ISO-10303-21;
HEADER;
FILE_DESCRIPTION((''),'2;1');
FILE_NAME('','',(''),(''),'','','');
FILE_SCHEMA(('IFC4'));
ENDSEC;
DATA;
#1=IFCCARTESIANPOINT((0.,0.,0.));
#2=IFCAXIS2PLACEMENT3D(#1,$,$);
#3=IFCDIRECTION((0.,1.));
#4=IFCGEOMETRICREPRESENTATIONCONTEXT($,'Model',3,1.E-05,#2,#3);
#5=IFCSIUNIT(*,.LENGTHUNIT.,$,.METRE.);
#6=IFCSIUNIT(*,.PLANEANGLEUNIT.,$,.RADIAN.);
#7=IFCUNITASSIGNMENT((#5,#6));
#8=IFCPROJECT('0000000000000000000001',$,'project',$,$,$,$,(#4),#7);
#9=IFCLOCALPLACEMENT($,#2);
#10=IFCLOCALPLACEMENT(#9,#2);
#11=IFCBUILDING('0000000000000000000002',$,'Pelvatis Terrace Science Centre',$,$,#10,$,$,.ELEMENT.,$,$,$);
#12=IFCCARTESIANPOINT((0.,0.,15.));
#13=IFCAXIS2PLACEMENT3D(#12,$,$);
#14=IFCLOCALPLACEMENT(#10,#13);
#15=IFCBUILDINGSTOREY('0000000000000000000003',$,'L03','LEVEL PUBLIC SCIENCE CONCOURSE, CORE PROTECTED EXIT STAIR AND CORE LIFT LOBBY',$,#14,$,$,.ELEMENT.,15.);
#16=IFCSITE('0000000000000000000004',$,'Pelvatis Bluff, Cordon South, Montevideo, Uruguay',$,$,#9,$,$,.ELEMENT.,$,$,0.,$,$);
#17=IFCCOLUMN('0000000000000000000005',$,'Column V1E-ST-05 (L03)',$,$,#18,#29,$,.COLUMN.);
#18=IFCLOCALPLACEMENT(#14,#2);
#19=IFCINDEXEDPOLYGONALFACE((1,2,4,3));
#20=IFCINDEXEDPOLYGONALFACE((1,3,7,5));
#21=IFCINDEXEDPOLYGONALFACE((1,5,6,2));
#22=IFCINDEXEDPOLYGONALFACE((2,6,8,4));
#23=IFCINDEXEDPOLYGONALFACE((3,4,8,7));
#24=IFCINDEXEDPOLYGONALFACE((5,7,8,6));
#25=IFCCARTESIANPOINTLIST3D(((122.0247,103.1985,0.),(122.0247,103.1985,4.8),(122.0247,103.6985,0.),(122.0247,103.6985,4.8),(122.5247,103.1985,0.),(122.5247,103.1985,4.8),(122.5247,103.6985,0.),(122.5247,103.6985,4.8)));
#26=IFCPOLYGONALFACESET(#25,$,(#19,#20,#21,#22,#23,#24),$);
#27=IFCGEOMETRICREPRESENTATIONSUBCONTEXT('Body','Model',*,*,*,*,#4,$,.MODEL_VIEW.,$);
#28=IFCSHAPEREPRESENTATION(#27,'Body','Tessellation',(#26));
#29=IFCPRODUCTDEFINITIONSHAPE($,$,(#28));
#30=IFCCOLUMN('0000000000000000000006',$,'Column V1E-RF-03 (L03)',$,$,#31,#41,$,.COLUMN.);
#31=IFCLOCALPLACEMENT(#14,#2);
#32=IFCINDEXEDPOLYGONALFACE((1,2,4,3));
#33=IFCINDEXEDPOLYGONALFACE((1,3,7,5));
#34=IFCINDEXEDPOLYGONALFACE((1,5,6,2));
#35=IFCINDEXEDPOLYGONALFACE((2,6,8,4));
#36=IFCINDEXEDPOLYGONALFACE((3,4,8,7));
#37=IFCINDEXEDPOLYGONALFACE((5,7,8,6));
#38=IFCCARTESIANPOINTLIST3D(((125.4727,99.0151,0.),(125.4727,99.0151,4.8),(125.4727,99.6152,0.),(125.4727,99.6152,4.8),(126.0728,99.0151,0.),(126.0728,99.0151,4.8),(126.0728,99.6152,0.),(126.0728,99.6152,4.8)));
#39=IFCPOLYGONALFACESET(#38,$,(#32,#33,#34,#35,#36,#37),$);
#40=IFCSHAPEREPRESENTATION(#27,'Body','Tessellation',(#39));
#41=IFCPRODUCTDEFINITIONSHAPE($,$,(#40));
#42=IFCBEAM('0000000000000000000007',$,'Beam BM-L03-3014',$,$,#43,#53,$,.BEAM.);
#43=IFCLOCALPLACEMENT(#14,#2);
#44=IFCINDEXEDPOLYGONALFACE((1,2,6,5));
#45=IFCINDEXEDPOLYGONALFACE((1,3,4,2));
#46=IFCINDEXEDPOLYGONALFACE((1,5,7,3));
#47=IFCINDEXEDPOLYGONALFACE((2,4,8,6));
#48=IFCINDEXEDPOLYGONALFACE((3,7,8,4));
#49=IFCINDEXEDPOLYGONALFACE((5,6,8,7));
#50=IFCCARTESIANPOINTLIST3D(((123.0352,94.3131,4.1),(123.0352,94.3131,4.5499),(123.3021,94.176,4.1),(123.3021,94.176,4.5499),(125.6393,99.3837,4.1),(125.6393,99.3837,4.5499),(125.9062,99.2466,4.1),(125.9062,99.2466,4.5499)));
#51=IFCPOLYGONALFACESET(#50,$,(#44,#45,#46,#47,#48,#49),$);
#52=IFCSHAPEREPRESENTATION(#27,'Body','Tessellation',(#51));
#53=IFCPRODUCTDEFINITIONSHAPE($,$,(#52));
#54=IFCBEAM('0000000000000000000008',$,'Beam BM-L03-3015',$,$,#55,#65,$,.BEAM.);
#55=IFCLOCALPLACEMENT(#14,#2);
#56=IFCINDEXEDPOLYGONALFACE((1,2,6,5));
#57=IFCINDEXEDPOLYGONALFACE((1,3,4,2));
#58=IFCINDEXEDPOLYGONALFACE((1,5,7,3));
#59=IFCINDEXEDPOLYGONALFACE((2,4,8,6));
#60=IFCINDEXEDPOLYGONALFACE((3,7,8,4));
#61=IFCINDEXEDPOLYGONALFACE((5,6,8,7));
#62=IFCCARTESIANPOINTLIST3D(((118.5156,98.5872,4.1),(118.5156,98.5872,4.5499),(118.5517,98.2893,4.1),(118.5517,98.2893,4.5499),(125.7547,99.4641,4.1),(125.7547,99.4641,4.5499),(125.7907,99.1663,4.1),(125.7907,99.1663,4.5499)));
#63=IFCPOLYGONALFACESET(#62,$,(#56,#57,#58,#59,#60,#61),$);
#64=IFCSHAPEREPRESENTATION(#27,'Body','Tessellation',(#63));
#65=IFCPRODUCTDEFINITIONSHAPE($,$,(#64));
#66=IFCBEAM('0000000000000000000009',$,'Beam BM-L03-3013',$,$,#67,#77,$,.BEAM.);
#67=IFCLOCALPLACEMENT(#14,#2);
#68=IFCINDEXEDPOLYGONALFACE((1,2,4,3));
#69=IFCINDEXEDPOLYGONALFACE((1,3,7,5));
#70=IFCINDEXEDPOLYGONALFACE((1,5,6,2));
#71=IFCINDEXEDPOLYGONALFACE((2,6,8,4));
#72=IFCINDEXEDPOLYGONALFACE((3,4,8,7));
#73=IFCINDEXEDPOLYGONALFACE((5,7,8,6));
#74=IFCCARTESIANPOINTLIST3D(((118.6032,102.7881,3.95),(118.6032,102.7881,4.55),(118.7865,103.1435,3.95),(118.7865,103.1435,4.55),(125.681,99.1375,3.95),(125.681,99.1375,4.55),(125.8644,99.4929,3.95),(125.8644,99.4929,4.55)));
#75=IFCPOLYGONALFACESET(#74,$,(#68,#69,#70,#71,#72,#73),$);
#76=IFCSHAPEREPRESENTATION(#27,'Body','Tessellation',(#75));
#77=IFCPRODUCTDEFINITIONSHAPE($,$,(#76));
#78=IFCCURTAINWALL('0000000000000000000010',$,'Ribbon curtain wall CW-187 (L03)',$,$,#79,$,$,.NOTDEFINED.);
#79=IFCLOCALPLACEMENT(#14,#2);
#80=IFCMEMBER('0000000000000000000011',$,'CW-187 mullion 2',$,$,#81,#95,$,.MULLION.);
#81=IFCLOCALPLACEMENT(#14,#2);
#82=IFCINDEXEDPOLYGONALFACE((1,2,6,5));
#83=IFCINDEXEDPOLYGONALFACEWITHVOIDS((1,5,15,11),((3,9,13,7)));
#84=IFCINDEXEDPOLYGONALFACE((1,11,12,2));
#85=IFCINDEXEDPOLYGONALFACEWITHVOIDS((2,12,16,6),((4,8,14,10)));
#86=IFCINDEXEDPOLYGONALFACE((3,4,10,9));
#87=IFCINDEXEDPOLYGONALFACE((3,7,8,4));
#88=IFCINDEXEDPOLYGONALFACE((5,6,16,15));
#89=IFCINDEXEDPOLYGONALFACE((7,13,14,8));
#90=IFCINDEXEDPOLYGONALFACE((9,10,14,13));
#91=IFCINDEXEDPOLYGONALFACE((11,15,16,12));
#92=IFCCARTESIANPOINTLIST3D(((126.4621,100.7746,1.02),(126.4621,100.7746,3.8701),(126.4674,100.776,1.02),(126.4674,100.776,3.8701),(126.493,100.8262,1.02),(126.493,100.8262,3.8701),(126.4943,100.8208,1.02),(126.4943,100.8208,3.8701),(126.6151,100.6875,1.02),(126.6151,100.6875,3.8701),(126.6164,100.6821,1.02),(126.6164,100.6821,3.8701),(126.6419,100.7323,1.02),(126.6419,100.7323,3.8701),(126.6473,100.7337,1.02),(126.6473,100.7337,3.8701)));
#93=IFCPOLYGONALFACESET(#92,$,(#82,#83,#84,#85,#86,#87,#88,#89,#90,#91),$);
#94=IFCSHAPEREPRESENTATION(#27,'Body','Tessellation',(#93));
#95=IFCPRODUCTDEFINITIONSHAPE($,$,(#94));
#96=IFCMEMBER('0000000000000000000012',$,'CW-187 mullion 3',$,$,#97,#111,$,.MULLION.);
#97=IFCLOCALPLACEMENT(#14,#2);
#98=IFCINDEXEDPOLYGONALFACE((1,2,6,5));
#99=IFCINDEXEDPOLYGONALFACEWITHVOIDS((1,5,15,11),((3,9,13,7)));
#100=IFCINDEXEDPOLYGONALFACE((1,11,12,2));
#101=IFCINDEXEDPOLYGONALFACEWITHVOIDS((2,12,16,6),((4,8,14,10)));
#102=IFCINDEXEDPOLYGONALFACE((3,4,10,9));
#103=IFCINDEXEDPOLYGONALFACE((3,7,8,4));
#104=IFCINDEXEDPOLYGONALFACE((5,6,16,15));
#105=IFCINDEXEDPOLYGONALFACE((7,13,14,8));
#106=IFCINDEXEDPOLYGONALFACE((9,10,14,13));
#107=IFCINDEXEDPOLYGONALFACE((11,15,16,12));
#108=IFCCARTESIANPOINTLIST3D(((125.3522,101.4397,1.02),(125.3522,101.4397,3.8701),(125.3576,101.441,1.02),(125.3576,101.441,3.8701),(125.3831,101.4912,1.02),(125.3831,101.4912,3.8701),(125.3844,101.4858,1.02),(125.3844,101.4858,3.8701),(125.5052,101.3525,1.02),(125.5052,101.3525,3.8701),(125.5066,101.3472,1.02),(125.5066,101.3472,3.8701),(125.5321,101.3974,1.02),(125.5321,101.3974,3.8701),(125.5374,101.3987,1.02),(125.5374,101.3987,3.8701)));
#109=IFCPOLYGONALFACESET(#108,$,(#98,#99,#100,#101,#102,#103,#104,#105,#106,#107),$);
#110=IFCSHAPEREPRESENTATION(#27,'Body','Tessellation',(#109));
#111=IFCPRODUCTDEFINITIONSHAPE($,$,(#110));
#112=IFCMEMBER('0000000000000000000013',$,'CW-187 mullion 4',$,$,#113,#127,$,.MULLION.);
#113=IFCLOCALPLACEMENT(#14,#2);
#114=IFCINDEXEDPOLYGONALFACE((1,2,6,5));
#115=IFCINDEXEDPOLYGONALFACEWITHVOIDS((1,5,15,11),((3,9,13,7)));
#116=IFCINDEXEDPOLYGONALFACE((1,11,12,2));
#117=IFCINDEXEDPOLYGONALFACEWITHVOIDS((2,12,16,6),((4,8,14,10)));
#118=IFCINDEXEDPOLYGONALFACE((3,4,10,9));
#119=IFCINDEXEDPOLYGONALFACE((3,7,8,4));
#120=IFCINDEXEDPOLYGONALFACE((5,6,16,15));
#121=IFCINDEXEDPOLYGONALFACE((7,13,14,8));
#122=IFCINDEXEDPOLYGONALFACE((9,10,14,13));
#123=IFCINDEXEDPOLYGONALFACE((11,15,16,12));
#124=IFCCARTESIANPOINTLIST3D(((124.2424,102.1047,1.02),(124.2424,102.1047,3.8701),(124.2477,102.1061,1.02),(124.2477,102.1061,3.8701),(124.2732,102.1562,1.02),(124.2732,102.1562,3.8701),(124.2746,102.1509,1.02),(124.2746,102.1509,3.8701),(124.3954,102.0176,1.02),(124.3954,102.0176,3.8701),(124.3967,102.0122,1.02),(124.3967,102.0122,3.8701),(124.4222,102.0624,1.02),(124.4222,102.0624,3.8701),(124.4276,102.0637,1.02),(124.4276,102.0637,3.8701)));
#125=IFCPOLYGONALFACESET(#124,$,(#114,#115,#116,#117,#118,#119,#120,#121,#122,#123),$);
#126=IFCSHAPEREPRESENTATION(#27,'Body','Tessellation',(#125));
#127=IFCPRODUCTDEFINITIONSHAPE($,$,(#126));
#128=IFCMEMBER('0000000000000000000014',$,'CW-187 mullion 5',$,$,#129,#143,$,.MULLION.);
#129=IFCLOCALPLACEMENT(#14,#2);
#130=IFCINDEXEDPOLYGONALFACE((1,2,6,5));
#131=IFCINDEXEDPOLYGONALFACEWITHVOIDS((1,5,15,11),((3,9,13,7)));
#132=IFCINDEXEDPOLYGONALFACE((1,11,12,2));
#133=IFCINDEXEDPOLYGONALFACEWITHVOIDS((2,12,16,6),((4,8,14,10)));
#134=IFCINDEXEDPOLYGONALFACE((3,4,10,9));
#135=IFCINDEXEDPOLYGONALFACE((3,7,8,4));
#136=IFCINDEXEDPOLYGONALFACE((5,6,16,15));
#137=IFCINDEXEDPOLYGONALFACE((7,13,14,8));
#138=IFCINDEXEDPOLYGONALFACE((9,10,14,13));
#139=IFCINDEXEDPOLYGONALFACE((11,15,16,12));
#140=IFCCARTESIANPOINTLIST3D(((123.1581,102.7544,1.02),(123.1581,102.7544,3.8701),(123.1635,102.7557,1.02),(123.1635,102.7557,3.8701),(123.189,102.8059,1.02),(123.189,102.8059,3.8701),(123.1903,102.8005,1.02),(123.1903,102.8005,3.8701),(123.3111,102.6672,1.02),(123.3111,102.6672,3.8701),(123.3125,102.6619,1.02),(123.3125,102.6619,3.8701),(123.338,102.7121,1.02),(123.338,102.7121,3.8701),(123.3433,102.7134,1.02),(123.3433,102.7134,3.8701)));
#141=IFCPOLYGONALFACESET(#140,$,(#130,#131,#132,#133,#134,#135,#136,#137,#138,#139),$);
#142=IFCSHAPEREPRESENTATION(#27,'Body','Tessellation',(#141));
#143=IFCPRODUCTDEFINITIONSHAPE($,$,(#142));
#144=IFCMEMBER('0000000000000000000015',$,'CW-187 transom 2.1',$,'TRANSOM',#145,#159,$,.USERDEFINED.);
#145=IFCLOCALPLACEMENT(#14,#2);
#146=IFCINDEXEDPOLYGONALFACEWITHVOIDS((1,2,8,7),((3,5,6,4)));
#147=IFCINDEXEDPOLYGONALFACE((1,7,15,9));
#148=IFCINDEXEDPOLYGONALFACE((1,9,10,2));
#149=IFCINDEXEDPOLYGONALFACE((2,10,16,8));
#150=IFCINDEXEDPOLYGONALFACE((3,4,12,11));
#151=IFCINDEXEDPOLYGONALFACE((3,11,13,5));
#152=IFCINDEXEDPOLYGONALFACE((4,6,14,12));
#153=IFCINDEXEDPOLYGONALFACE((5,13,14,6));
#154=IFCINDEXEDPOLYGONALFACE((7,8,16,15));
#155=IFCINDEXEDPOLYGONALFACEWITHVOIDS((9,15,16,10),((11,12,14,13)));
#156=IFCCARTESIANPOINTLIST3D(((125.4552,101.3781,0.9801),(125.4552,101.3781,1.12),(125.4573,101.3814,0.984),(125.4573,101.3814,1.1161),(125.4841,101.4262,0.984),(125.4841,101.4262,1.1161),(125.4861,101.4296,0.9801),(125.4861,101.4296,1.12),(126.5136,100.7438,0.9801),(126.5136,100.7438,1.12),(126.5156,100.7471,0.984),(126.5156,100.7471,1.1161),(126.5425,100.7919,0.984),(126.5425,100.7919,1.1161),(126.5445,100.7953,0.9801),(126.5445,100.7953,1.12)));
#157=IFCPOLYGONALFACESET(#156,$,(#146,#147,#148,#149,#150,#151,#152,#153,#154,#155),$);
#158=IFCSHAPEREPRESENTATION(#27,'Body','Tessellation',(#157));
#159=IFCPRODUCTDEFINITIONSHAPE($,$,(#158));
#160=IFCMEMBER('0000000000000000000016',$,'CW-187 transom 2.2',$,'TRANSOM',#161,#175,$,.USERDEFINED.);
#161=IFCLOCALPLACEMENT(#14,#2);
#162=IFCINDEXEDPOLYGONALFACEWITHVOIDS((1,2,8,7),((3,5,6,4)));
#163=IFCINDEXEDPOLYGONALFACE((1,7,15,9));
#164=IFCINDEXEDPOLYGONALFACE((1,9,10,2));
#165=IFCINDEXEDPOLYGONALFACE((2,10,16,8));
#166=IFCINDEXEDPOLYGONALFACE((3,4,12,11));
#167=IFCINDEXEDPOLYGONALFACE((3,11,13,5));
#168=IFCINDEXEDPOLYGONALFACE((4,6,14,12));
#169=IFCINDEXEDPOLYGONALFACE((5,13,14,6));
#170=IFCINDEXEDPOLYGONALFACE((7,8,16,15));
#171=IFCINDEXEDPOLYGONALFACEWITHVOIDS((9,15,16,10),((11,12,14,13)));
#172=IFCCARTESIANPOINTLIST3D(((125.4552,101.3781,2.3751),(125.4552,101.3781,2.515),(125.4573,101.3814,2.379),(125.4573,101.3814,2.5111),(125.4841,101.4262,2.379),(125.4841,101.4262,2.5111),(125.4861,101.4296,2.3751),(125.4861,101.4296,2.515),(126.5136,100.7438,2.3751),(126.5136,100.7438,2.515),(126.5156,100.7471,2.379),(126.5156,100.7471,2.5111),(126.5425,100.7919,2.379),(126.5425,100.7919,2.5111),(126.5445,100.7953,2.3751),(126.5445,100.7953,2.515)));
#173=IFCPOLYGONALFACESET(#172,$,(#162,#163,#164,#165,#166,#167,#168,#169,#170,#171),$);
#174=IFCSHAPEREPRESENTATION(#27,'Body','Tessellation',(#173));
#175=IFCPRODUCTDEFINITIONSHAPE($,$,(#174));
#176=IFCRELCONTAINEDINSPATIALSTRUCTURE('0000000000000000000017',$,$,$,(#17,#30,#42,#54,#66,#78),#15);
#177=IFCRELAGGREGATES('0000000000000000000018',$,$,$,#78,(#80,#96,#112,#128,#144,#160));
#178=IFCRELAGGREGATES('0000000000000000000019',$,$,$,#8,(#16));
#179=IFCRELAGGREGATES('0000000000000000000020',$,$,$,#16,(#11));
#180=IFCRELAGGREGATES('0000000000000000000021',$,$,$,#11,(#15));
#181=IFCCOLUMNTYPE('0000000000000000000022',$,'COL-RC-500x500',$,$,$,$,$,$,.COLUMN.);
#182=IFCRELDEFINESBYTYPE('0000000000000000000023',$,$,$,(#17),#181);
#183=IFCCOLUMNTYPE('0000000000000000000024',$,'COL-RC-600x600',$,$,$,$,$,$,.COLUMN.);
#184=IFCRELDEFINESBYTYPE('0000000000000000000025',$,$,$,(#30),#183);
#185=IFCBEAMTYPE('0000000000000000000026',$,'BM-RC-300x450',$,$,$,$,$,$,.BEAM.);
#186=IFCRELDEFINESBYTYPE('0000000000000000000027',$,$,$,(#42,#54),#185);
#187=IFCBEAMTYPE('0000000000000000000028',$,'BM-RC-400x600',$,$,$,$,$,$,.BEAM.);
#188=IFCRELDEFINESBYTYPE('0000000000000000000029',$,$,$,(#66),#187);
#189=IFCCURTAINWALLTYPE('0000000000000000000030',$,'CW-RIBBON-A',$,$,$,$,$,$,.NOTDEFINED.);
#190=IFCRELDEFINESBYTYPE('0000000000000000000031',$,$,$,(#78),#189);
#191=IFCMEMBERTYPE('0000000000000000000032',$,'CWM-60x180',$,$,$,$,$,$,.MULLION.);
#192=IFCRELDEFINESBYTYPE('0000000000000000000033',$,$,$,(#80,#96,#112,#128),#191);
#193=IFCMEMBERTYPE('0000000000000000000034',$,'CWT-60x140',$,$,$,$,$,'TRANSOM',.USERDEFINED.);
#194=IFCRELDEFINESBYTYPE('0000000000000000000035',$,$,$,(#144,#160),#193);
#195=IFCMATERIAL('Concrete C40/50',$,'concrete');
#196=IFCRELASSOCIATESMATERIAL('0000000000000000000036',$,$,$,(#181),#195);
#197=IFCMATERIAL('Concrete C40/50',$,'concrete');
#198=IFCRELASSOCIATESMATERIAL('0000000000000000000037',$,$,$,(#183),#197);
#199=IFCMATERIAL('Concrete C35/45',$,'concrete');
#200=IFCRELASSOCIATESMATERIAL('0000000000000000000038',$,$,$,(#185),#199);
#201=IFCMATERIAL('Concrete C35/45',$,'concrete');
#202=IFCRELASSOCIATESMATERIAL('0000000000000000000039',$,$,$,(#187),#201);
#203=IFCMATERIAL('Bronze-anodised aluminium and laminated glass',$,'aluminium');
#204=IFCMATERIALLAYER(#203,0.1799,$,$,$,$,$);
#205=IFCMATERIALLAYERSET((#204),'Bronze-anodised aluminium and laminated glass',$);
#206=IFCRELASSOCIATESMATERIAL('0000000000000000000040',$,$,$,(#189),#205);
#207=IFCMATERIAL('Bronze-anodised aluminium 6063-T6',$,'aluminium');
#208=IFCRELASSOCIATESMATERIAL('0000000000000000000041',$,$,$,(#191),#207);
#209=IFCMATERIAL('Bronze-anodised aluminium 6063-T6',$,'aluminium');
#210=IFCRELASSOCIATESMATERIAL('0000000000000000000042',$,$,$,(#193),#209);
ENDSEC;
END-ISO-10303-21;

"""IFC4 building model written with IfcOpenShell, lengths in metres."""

from ifc_helpers import new_model, si_unit, direction, frame, origin, origin_2d, place, context, subcontext, project, spatial, rectangle, hollow_rectangle, extrude, material, layer, layer_set, material_profile, profile_set, type_object, element, aggregate, save


model = new_model("IFC4")

# Units and contexts
model_context = context("Model", 3, precision=1e-05, world=origin(), true_north=direction((0.0, 1.0)))
body_context = subcontext(model_context, "Body", "Model", "MODEL_VIEW")
ifc_project = project(units=[si_unit("LENGTHUNIT", "METRE"), si_unit("PLANEANGLEUNIT", "RADIAN")], contexts=[model_context])

# Site, building, storey
site_placement = place(None, origin())
site = spatial("IfcSite", under=ifc_project, at=site_placement, Name="Pelvatis Bluff, Cordon South, Montevideo, Uruguay", CompositionType="ELEMENT", RefElevation=0.0)
building_placement = place(site_placement, origin())
building = spatial("IfcBuilding", under=site, at=building_placement, Name="Pelvatis Terrace Science Centre", CompositionType="ELEMENT")
storey_placement = place(building_placement, frame((0.0, 0.0, 15.0)))
storey = spatial("IfcBuildingStorey", under=building, at=storey_placement, Name="L03", Description="LEVEL PUBLIC SCIENCE CONCOURSE, CORE PROTECTED EXIT STAIR AND CORE LIFT LOBBY", CompositionType="ELEMENT", Elevation=15.0)

# Columns
ifc_material_1 = material(Name="Concrete C40/50", Category="concrete")
ifc_material_profile_1 = material_profile(ifc_material_1, rectangle(XDim=0.5, YDim=0.5, at=origin_2d()), Name="RC-COL 500x500")
ifc_profile_set_1 = profile_set([ifc_material_profile_1], Name="Concrete C40/50")
column_type_1 = type_object("IfcColumnType", Name="COL-RC-500x500", PredefinedType="COLUMN", material=ifc_profile_set_1)
column_1_placement = place(storey_placement, frame((122.2747, 103.4485, 0.0), z_axis=(0.0, 0.0, 1.0), x_axis=(1.0, 0.0, 0.0)))
element("IfcColumn", 1, at=column_1_placement, inside=storey, type_object=column_type_1, Name="Column V1E-ST-05 (L03)", PredefinedType="COLUMN", context=body_context, shape_type="SweptSolid", body=[
    extrude(rectangle(XDim=0.5, YDim=0.5, at=origin_2d()), origin(), (0.0, 0.0, 1.0), 4.8),
])
ifc_material_2 = material(Name="Concrete C40/50", Category="concrete")
ifc_material_profile_2 = material_profile(ifc_material_2, rectangle(XDim=0.6001, YDim=0.6001, at=origin_2d()), Name="RC-COL 600x600")
ifc_profile_set_2 = profile_set([ifc_material_profile_2], Name="Concrete C40/50")
column_type_2 = type_object("IfcColumnType", Name="COL-RC-600x600", PredefinedType="COLUMN", material=ifc_profile_set_2)
column_2_placement = place(storey_placement, frame((125.7727, 99.3152, 0.0), z_axis=(0.0, 0.0, 1.0), x_axis=(1.0, 0.0, 0.0)))
element("IfcColumn", 2, at=column_2_placement, inside=storey, type_object=column_type_2, Name="Column V1E-RF-03 (L03)", PredefinedType="COLUMN", context=body_context, shape_type="SweptSolid", body=[
    extrude(rectangle(XDim=0.6001, YDim=0.6001, at=origin_2d()), origin(), (0.0, 0.0, 1.0), 4.8),
])

# Beams
ifc_material_3 = material(Name="Concrete C35/45", Category="concrete")
ifc_material_profile_3 = material_profile(ifc_material_3, rectangle(XDim=0.3, YDim=0.45, at=origin_2d()), Name="RC-BM 300x450")
ifc_profile_set_3 = profile_set([ifc_material_profile_3], Name="Concrete C35/45")
beam_type_1 = type_object("IfcBeamType", Name="BM-RC-300x450", PredefinedType="BEAM", material=ifc_profile_set_3)
beam_1_placement = place(storey_placement, frame((125.7727, 99.3152, 4.325), z_axis=(-0.456833, -0.889552, 0.0), x_axis=(0.889552, -0.456833, 0.0)))
element("IfcBeam", 3, at=beam_1_placement, inside=storey, type_object=beam_type_1, Name="Beam BM-L03-3014", PredefinedType="BEAM", context=body_context, shape_type="SweptSolid", body=[
    extrude(rectangle(XDim=0.3, YDim=0.45, at=origin_2d()), origin(), (0.0, 0.0, 1.0), 5.7002),
])
beam_2_placement = place(storey_placement, frame((125.7727, 99.3152, 4.325), z_axis=(-0.992742, -0.120263, 0.0), x_axis=(0.120263, -0.992742, 0.0)))
element("IfcBeam", 4, at=beam_2_placement, inside=storey, type_object=beam_type_1, Name="Beam BM-L03-3015", PredefinedType="BEAM", context=body_context, shape_type="SweptSolid", body=[
    extrude(rectangle(XDim=0.3, YDim=0.45, at=origin_2d()), origin(), (0.0, 0.0, 1.0), 7.292),
])
ifc_material_4 = material(Name="Concrete C35/45", Category="concrete")
ifc_material_profile_4 = material_profile(ifc_material_4, rectangle(XDim=0.3999, YDim=0.6001, at=origin_2d()), Name="RC-BM 400x600")
ifc_profile_set_4 = profile_set([ifc_material_profile_4], Name="Concrete C35/45")
beam_type_2 = type_object("IfcBeamType", Name="BM-RC-400x600", PredefinedType="BEAM", material=ifc_profile_set_4)
beam_3_placement = place(storey_placement, frame((125.7727, 99.3152, 4.25), z_axis=(-0.888747, 0.458398, 0.0), x_axis=(-0.458398, -0.888747, 0.0)))
element("IfcBeam", 5, at=beam_3_placement, inside=storey, type_object=beam_type_2, Name="Beam BM-L03-3013", PredefinedType="BEAM", context=body_context, shape_type="SweptSolid", body=[
    extrude(rectangle(XDim=0.3999, YDim=0.6001, at=origin_2d()), origin(), (0.0, 0.0, 1.0), 7.9639),
])

# Curtain wall, members
ifc_material_5 = material(Name="Bronze-anodised aluminium and laminated glass", Category="aluminium")
ifc_layer_1 = layer(ifc_material_5, 0.1799)
ifc_layer_set_1 = layer_set([ifc_layer_1], Name="Bronze-anodised aluminium and laminated glass")
curtain_wall_type = type_object("IfcCurtainWallType", Name="CW-RIBBON-A", PredefinedType="NOTDEFINED", material=ifc_layer_set_1)
curtain_wall_placement = place(storey_placement, origin())
curtain_wall = element("IfcCurtainWall", 6, at=curtain_wall_placement, inside=storey, type_object=curtain_wall_type, Name="Ribbon curtain wall CW-187 (L03)", PredefinedType="NOTDEFINED")
ifc_material_6 = material(Name="Bronze-anodised aluminium 6063-T6", Category="aluminium")
ifc_material_profile_5 = material_profile(ifc_material_6, hollow_rectangle(XDim=0.0601, YDim=0.1799, WallThickness=0.0039, at=origin_2d()), Name="ALU-MUL 60x180")
ifc_profile_set_5 = profile_set([ifc_material_profile_5], Name="Bronze-anodised aluminium 6063-T6")
member_type_1 = type_object("IfcMemberType", Name="CWM-60x180", PredefinedType="MULLION", material=ifc_profile_set_5)
member_1_placement = place(storey_placement, frame((126.5547, 100.7542, 1.02), z_axis=(0.0, 0.0, 1.0), x_axis=(-0.513996, -0.857793, 0.0)))
member_1 = element("IfcMember", 7, at=member_1_placement, type_object=member_type_1, Name="CW-187 mullion 2", PredefinedType="MULLION", context=body_context, shape_type="SweptSolid", body=[
    extrude(hollow_rectangle(XDim=0.0601, YDim=0.1799, WallThickness=0.0039, at=origin_2d()), origin(), (0.0, 0.0, 1.0), 2.8501),
])
member_2_placement = place(storey_placement, frame((125.4448, 101.4192, 1.02), z_axis=(0.0, 0.0, 1.0), x_axis=(-0.513996, -0.857793, 0.0)))
member_2 = element("IfcMember", 8, at=member_2_placement, type_object=member_type_1, Name="CW-187 mullion 3", PredefinedType="MULLION", context=body_context, shape_type="SweptSolid", body=[
    extrude(hollow_rectangle(XDim=0.0601, YDim=0.1799, WallThickness=0.0039, at=origin_2d()), origin(), (0.0, 0.0, 1.0), 2.8501),
])
member_3_placement = place(storey_placement, frame((124.335, 102.0842, 1.02), z_axis=(0.0, 0.0, 1.0), x_axis=(-0.513996, -0.857793, 0.0)))
member_3 = element("IfcMember", 9, at=member_3_placement, type_object=member_type_1, Name="CW-187 mullion 4", PredefinedType="MULLION", context=body_context, shape_type="SweptSolid", body=[
    extrude(hollow_rectangle(XDim=0.0601, YDim=0.1799, WallThickness=0.0039, at=origin_2d()), origin(), (0.0, 0.0, 1.0), 2.8501),
])
member_4_placement = place(storey_placement, frame((123.2507, 102.7339, 1.02), z_axis=(0.0, 0.0, 1.0), x_axis=(-0.513996, -0.857793, 0.0)))
member_4 = element("IfcMember", 10, at=member_4_placement, type_object=member_type_1, Name="CW-187 mullion 5", PredefinedType="MULLION", context=body_context, shape_type="SweptSolid", body=[
    extrude(hollow_rectangle(XDim=0.0601, YDim=0.1799, WallThickness=0.0039, at=origin_2d()), origin(), (0.0, 0.0, 1.0), 2.8501),
])
ifc_material_7 = material(Name="Bronze-anodised aluminium 6063-T6", Category="aluminium")
ifc_material_profile_6 = material_profile(ifc_material_7, hollow_rectangle(XDim=0.0601, YDim=0.1399, WallThickness=0.0039, at=origin_2d()), Name="ALU-TRN 60x140")
ifc_profile_set_6 = profile_set([ifc_material_profile_6], Name="Bronze-anodised aluminium 6063-T6")
member_type_2 = type_object("IfcMemberType", Name="CWT-60x140", ElementType="TRANSOM", PredefinedType="USERDEFINED", material=ifc_profile_set_6)
member_5_placement = place(storey_placement, frame((126.5291, 100.7695, 1.05), z_axis=(-0.857755, 0.514059, 0.0), x_axis=(-0.514059, -0.857755, 0.0)))
member_5 = element("IfcMember", 11, at=member_5_placement, type_object=member_type_2, Name="CW-187 transom 2.1", ObjectType="TRANSOM", PredefinedType="USERDEFINED", context=body_context, shape_type="SweptSolid", body=[
    extrude(hollow_rectangle(XDim=0.0601, YDim=0.1399, WallThickness=0.0039, at=origin_2d()), origin(), (0.0, 0.0, 1.0), 1.2339),
])
member_6_placement = place(storey_placement, frame((126.5291, 100.7695, 2.4451), z_axis=(-0.857755, 0.514059, 0.0), x_axis=(-0.514059, -0.857755, 0.0)))
member_6 = element("IfcMember", 12, at=member_6_placement, type_object=member_type_2, Name="CW-187 transom 2.2", ObjectType="TRANSOM", PredefinedType="USERDEFINED", context=body_context, shape_type="SweptSolid", body=[
    extrude(hollow_rectangle(XDim=0.0601, YDim=0.1399, WallThickness=0.0039, at=origin_2d()), origin(), (0.0, 0.0, 1.0), 1.2339),
])
aggregate(curtain_wall, [member_1, member_2, member_3, member_4, member_5, member_6])

save(model, "model.ifc")
